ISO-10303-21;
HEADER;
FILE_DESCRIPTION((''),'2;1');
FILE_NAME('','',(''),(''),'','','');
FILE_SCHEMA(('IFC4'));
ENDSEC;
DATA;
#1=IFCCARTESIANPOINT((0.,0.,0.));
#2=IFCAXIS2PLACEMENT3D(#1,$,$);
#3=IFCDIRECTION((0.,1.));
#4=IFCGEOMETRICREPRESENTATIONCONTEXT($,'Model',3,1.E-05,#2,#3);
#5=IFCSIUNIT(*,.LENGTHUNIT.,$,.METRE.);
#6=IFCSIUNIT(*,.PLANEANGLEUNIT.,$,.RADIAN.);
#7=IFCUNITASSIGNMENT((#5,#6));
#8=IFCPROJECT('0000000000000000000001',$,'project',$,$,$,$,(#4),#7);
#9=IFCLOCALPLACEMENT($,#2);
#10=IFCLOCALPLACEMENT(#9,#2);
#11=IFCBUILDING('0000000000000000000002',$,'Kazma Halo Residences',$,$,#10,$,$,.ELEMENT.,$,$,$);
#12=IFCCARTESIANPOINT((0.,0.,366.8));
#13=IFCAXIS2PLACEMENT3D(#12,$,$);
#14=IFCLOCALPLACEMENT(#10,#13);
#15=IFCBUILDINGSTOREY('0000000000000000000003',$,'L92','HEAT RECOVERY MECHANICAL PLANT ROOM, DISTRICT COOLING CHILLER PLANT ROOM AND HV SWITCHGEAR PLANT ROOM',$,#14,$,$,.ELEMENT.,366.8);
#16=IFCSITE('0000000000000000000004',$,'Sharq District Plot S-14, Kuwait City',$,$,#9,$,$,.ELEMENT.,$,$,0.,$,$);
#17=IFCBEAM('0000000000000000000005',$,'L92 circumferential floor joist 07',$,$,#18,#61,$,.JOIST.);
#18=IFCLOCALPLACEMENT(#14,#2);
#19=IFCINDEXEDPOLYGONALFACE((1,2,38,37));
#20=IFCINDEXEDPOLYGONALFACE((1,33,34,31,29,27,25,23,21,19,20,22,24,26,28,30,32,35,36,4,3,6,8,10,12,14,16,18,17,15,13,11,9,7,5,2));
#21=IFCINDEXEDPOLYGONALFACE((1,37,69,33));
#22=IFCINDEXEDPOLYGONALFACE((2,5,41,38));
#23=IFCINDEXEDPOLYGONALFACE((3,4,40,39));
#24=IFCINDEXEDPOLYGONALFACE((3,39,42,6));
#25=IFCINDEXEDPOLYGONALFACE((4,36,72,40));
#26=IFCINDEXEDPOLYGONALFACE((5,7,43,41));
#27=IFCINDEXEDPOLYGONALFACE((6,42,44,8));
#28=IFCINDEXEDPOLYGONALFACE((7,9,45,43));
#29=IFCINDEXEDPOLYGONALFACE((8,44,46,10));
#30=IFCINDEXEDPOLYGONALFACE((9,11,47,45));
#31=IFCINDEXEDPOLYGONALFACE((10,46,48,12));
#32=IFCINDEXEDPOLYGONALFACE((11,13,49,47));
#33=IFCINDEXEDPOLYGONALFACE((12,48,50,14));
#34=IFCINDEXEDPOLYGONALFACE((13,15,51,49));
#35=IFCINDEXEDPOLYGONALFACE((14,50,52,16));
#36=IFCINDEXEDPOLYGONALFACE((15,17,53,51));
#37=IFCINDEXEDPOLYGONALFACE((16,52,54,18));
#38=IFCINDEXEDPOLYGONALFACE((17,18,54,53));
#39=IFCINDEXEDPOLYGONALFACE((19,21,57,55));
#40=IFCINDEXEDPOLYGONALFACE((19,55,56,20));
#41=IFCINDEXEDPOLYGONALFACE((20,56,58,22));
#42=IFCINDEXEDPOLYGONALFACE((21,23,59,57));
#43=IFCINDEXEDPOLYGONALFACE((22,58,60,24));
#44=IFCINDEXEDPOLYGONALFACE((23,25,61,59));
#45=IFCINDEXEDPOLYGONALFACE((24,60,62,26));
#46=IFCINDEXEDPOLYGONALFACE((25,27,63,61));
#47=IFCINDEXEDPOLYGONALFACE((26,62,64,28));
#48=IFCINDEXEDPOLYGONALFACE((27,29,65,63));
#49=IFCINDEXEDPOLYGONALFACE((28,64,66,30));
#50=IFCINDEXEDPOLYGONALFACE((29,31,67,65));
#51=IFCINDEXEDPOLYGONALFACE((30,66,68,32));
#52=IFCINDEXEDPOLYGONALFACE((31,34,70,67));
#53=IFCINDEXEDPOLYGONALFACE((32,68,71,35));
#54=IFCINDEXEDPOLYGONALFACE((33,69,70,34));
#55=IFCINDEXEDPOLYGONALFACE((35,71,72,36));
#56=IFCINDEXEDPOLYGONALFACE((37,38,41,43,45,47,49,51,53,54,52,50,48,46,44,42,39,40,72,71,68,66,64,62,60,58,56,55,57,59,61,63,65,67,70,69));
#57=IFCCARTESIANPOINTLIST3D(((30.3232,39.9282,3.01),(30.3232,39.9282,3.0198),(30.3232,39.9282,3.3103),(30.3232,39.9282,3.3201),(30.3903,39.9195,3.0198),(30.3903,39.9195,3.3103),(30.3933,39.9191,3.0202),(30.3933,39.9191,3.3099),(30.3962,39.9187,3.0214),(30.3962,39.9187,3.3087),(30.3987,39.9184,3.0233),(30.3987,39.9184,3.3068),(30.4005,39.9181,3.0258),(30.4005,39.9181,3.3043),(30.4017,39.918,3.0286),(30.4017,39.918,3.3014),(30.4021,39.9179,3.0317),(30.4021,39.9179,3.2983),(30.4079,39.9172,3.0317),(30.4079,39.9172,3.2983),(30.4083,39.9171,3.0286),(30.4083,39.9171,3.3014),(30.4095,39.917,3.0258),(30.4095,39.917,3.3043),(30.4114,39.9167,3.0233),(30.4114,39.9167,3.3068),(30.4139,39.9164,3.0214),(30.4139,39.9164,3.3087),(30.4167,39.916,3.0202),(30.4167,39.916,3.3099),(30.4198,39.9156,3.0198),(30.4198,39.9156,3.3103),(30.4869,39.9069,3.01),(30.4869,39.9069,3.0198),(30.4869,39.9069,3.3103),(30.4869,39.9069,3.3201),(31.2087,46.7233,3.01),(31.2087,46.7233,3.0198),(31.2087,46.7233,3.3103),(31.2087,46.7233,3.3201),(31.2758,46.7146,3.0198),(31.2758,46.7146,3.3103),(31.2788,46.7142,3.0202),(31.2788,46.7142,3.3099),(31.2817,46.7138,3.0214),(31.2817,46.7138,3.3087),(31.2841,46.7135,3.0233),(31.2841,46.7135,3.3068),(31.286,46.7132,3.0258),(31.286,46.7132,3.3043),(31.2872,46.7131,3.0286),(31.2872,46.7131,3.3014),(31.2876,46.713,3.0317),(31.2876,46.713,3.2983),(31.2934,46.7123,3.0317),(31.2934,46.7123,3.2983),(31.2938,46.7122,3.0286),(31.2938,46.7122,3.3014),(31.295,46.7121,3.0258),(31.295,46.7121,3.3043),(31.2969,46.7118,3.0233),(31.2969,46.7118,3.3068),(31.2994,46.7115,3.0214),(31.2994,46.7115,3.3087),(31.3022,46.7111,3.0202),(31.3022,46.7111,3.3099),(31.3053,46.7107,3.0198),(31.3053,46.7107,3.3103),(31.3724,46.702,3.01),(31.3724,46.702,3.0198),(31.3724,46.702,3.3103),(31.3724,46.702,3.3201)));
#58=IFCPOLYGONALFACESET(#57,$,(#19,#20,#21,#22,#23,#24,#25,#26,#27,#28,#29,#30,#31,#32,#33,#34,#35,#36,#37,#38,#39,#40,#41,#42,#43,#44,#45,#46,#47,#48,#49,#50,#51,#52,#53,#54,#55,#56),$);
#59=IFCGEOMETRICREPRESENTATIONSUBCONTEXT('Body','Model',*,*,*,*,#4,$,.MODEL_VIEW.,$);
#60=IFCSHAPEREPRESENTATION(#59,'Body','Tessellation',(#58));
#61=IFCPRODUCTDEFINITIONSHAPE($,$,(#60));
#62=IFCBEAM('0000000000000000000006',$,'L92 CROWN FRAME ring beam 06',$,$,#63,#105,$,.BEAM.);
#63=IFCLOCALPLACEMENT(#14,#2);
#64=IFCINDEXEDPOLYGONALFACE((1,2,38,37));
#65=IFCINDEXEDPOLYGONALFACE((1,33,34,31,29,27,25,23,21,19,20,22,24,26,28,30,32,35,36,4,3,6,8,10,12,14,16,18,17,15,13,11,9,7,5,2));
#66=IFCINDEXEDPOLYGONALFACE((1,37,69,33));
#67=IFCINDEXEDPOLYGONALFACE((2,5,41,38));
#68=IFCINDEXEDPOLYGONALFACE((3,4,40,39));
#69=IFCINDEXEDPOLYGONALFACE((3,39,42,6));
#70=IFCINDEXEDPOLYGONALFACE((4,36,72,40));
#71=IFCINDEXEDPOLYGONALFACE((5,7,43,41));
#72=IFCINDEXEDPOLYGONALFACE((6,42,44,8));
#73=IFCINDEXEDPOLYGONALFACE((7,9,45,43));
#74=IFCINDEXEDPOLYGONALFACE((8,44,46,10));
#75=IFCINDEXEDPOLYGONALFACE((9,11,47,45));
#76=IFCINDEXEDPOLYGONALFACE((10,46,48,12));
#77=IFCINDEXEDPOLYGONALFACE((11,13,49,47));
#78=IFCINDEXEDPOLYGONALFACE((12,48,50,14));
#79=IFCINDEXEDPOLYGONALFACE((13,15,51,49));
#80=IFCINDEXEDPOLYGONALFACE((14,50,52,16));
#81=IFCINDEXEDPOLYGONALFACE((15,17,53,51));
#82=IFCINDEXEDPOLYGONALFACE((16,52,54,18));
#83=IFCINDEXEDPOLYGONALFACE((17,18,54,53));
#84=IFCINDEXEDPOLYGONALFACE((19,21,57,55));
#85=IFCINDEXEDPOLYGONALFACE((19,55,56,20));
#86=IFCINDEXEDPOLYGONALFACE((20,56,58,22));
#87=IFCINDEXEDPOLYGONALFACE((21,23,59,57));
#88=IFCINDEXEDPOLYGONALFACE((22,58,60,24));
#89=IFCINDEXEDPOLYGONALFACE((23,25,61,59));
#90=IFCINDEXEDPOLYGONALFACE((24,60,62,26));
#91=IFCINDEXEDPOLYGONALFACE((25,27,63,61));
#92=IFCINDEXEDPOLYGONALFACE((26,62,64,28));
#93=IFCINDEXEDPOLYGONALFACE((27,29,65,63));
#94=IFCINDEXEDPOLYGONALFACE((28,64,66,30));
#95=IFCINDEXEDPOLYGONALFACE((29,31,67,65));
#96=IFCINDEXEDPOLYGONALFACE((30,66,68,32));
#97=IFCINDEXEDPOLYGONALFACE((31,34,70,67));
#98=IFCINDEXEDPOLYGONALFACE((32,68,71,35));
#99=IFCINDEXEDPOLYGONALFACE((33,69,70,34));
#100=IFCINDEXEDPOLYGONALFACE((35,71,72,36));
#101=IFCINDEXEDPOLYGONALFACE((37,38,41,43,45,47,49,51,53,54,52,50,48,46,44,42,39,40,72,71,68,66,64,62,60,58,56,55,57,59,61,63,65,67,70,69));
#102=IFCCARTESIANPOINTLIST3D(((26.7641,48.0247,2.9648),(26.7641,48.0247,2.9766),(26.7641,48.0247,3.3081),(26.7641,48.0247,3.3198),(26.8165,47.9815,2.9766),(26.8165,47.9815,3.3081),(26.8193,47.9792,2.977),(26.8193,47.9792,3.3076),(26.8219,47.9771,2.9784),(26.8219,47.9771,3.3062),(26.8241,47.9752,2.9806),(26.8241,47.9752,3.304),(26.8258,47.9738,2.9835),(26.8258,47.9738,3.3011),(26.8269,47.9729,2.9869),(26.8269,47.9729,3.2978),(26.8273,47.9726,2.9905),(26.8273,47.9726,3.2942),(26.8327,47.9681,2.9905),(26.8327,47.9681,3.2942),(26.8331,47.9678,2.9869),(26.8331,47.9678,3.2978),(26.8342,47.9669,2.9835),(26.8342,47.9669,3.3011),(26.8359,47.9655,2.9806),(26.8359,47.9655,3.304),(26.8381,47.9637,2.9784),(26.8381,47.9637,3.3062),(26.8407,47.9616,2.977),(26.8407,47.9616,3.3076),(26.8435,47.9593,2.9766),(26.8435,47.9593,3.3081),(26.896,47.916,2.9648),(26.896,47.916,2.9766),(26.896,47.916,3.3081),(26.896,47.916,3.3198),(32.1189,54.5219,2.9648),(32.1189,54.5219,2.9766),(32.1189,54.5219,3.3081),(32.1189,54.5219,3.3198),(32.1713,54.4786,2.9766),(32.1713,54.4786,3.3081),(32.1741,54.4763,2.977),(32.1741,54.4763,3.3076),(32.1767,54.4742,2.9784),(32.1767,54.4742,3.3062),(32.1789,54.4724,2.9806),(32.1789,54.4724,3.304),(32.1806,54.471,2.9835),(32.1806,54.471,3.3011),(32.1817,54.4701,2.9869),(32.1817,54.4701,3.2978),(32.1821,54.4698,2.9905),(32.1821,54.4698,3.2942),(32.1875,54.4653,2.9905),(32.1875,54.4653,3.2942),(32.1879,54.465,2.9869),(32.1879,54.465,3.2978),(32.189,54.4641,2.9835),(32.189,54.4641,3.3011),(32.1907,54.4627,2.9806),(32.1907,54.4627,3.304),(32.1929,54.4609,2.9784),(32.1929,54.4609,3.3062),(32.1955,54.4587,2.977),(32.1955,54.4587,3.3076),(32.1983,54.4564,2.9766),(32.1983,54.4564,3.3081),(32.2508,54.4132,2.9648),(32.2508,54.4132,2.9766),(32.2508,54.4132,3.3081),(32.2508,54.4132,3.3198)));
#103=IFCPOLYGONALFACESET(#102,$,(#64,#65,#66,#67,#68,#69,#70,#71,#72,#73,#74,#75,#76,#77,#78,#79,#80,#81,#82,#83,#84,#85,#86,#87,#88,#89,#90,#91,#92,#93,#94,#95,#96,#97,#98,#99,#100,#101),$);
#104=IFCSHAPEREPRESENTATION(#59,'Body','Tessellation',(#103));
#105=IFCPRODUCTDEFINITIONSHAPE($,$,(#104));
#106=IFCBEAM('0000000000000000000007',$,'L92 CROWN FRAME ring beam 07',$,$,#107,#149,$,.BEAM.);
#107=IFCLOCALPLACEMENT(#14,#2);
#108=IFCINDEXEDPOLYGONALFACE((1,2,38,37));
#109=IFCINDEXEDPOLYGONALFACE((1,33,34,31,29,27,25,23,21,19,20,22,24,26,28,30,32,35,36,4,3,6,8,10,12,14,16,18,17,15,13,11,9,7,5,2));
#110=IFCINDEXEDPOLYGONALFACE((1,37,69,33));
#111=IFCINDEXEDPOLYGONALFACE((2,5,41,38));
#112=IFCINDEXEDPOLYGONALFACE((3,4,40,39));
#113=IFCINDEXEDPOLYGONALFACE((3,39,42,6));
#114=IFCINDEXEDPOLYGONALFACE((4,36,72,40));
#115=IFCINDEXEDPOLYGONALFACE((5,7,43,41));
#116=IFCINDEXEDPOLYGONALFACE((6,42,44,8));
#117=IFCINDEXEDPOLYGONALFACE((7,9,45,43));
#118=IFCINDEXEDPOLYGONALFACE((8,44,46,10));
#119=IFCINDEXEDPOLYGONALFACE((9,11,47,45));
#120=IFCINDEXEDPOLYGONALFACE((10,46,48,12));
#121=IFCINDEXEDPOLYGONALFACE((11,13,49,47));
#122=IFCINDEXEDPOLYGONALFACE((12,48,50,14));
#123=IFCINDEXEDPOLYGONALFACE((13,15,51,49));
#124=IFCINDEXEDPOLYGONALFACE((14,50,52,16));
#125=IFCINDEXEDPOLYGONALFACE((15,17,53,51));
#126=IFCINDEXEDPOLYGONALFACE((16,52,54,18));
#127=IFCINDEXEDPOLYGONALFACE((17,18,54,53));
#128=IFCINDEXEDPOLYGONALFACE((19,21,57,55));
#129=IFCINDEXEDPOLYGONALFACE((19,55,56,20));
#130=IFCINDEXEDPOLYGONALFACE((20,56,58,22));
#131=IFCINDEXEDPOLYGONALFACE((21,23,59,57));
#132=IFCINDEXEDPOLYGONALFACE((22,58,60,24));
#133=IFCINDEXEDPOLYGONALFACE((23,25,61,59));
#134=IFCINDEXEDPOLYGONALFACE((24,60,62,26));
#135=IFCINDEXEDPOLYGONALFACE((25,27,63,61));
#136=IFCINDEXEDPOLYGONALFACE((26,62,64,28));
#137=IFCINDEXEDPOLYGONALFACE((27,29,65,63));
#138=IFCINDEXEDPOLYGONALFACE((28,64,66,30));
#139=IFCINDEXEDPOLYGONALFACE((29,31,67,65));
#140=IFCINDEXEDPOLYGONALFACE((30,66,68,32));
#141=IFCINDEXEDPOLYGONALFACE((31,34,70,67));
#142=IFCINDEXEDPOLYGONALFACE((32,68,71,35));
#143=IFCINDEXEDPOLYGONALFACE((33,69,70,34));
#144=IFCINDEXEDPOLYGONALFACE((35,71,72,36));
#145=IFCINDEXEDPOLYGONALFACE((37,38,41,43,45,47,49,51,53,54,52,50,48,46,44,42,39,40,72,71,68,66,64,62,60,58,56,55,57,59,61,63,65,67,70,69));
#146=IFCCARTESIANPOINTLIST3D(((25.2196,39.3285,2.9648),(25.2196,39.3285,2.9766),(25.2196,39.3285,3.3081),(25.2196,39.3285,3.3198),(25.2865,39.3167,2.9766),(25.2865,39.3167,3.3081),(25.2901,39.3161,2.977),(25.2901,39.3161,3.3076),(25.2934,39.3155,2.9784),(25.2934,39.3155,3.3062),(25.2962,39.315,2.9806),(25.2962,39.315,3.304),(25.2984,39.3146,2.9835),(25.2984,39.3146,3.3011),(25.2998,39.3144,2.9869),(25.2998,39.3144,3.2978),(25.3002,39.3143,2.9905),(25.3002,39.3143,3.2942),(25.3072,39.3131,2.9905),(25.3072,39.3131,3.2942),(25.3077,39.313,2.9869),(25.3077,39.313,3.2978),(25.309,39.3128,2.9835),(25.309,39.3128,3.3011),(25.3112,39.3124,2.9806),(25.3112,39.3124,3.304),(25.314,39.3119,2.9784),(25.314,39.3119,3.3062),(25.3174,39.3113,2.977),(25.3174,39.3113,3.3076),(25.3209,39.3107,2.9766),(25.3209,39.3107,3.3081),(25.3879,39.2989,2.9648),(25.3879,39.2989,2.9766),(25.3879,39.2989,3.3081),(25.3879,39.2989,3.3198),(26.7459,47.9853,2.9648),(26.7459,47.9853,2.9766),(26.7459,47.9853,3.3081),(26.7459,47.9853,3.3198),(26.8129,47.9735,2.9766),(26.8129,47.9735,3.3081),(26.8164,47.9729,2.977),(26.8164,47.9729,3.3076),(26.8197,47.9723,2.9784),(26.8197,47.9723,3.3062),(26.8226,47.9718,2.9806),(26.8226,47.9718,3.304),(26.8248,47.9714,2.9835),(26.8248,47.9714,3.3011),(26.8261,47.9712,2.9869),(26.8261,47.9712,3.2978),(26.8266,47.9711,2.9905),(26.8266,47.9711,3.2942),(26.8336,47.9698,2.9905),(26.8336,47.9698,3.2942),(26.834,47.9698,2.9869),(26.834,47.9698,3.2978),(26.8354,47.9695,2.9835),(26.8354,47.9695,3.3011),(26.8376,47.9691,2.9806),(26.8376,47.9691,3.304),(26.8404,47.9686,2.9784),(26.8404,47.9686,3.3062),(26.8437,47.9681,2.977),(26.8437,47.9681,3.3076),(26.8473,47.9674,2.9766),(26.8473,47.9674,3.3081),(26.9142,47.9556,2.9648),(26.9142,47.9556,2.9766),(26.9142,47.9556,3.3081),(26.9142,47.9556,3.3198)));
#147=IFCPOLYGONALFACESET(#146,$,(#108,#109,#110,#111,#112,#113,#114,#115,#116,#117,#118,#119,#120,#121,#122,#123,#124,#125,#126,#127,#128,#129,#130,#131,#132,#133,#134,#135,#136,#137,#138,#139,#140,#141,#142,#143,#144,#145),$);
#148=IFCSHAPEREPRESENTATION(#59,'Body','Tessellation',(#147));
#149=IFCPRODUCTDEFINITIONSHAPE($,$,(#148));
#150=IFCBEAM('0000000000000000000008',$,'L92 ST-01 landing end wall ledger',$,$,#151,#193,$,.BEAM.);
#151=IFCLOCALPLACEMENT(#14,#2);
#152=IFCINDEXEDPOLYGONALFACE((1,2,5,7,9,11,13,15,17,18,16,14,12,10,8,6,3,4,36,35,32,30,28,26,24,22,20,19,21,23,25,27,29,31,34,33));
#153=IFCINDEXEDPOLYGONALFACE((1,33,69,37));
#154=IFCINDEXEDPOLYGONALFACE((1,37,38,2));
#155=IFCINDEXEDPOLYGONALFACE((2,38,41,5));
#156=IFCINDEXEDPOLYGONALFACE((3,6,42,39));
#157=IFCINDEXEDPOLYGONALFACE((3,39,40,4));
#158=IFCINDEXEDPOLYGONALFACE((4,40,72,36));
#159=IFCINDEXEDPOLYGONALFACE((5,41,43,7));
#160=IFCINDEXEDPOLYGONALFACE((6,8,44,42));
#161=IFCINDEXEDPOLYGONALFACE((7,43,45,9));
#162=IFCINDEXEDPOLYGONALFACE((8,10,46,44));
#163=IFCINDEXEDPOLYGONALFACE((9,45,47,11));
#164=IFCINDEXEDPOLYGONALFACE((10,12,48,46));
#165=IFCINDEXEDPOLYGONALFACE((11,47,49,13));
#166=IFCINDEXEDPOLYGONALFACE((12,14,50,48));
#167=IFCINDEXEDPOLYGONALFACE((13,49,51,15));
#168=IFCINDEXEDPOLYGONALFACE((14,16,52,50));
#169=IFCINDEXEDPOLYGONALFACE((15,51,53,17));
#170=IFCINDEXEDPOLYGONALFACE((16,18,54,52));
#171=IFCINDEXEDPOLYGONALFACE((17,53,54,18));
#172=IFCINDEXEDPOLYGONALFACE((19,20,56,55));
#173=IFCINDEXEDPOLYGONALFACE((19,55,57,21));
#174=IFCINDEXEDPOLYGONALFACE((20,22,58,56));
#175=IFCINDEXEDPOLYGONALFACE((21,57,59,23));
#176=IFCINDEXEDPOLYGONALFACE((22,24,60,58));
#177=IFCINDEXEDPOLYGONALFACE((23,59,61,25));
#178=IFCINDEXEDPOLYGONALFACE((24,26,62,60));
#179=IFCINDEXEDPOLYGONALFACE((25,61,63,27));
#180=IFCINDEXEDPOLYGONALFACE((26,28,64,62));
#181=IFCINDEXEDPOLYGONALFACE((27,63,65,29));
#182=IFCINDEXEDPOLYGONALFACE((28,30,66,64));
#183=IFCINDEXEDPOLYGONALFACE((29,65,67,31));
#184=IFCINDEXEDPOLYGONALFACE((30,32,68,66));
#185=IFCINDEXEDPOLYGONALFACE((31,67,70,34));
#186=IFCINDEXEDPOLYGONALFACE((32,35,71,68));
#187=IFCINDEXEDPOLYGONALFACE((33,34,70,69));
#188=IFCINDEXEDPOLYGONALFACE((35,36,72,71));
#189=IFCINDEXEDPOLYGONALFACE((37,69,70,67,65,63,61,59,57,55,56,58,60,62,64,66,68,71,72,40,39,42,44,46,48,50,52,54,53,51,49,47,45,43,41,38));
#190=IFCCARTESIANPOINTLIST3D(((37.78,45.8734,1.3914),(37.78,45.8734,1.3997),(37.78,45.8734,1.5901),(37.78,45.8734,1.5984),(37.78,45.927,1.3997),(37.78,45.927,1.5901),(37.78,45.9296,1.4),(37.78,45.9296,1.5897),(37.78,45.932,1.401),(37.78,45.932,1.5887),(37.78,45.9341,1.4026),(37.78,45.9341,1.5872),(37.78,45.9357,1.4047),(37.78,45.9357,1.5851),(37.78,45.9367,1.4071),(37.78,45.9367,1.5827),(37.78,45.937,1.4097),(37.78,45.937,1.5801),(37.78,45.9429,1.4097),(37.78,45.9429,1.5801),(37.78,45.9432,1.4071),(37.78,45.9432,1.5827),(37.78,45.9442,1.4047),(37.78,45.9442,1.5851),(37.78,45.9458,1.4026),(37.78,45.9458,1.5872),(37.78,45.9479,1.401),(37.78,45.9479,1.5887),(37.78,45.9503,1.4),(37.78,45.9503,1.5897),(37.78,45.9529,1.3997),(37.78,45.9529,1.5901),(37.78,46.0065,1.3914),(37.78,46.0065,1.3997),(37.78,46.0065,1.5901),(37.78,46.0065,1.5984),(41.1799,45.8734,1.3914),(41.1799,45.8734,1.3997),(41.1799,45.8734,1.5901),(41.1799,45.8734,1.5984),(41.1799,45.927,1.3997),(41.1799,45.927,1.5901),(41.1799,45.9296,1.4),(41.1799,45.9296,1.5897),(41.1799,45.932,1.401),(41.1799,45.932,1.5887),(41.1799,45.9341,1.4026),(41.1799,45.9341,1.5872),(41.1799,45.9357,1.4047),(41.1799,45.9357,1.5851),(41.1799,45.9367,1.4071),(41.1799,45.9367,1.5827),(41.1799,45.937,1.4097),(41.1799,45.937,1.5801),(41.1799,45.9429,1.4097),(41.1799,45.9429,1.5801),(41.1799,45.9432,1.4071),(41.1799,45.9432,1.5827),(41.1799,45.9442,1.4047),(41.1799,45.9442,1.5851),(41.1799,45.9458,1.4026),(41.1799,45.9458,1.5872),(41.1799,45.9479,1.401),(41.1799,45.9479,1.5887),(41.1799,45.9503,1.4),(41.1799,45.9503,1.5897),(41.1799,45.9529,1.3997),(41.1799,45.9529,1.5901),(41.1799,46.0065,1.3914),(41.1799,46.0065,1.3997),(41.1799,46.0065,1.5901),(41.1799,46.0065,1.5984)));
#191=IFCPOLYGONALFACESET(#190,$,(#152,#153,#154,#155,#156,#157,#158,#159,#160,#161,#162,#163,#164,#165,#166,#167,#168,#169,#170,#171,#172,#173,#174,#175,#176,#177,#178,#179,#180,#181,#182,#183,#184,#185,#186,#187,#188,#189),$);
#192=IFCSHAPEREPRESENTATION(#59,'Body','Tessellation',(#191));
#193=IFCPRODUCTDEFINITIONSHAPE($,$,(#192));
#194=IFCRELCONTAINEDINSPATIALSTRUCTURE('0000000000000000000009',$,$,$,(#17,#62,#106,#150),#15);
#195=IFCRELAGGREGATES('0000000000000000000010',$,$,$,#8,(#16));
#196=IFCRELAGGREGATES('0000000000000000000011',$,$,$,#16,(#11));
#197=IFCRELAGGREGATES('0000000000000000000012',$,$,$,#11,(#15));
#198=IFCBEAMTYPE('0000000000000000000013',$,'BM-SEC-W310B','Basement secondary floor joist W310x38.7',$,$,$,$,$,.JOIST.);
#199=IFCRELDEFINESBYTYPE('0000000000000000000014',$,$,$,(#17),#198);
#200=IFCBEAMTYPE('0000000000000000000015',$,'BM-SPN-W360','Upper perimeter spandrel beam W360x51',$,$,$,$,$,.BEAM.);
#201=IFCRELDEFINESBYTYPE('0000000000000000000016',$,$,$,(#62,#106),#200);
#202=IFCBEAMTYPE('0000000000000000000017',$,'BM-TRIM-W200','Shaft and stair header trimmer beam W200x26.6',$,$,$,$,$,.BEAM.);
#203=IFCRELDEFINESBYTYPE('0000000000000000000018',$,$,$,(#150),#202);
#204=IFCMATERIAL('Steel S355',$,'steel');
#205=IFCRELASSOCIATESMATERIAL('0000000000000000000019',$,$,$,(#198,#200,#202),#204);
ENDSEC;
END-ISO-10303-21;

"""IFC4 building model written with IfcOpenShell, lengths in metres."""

from ifc_helpers import new_model, si_unit, direction, frame, origin, origin_2d, place, context, subcontext, project, spatial, i_section, extrude, material, material_profile, profile_set, type_object, element, save


model = new_model("IFC4")

# Units and contexts
model_context = context("Model", 3, precision=1e-05, world=origin(), true_north=direction((0.0, 1.0)))
body_context = subcontext(model_context, "Body", "Model", "MODEL_VIEW")
ifc_project = project(units=[si_unit("LENGTHUNIT", "METRE"), si_unit("PLANEANGLEUNIT", "RADIAN")], contexts=[model_context])

# Site, building, storey
site_placement = place(None, origin())
site = spatial("IfcSite", under=ifc_project, at=site_placement, Name="Sharq District Plot S-14, Kuwait City", CompositionType="ELEMENT", RefElevation=0.0)
building_placement = place(site_placement, origin())
building = spatial("IfcBuilding", under=site, at=building_placement, Name="Kazma Halo Residences", CompositionType="ELEMENT")
storey_placement = place(building_placement, frame((0.0, 0.0, 366.8)))
storey = spatial("IfcBuildingStorey", under=building, at=storey_placement, Name="L92", Description="HEAT RECOVERY MECHANICAL PLANT ROOM, DISTRICT COOLING CHILLER PLANT ROOM AND HV SWITCHGEAR PLANT ROOM", CompositionType="ELEMENT", Elevation=366.8)

# Shared definitions
ifc_material_1 = material(Name="Steel S355", Category="steel")

# Beams
ifc_material_profile_1 = material_profile(ifc_material_1, i_section(OverallWidth=0.165, OverallDepth=0.3101, WebThickness=0.0059, FlangeThickness=0.0098, FilletRadius=0.012, at=origin_2d()), Name="W310x38.7")
ifc_profile_set_1 = profile_set([ifc_material_profile_1], Name="Steel S355")
beam_type_1 = type_object("IfcBeamType", Name="BM-SEC-W310B", Description="Basement secondary floor joist W310x38.7", PredefinedType="JOIST", material=ifc_profile_set_1)
beam_1_placement = place(storey_placement, frame((31.2905, 46.7126, 3.165), z_axis=(-0.12922, -0.991616, 0.0), x_axis=(0.991616, -0.12922, 0.0)))
element("IfcBeam", 1, at=beam_1_placement, inside=storey, type_object=beam_type_1, Name="L92 circumferential floor joist 07", PredefinedType="JOIST", context=body_context, shape_type="SweptSolid", body=[
    extrude(i_section(OverallWidth=0.165, OverallDepth=0.3101, WebThickness=0.0059, FlangeThickness=0.0098, FilletRadius=0.012, at=origin_2d()), origin(), (0.0, 0.0, 1.0), 6.8525),
])
ifc_material_profile_2 = material_profile(ifc_material_1, i_section(OverallWidth=0.1709, OverallDepth=0.355, WebThickness=0.0071, FlangeThickness=0.0117, FilletRadius=0.0139, at=origin_2d()), Name="W360x51")
ifc_profile_set_2 = profile_set([ifc_material_profile_2], Name="Steel S355")
beam_type_2 = type_object("IfcBeamType", Name="BM-SPN-W360", Description="Upper perimeter spandrel beam W360x51", PredefinedType="BEAM", material=ifc_profile_set_2)
beam_2_placement = place(storey_placement, frame((32.1848, 54.4675, 3.1423), z_axis=(-0.636005, -0.771685, 0.0), x_axis=(0.771685, -0.636005, 0.0)))
element("IfcBeam", 2, at=beam_2_placement, inside=storey, type_object=beam_type_2, Name="L92 CROWN FRAME ring beam 06", PredefinedType="BEAM", context=body_context, shape_type="SweptSolid", body=[
    extrude(i_section(OverallWidth=0.1709, OverallDepth=0.355, WebThickness=0.0071, FlangeThickness=0.0117, FilletRadius=0.0139, at=origin_2d()), origin(), (0.0, 0.0, 1.0), 8.4194),
])
beam_3_placement = place(storey_placement, frame((26.8301, 47.9705, 3.1423), z_axis=(-0.173643, -0.984809, 0.0), x_axis=(0.984809, -0.173643, 0.0)))
element("IfcBeam", 3, at=beam_3_placement, inside=storey, type_object=beam_type_2, Name="L92 CROWN FRAME ring beam 07", PredefinedType="BEAM", context=body_context, shape_type="SweptSolid", body=[
    extrude(i_section(OverallWidth=0.1709, OverallDepth=0.355, WebThickness=0.0071, FlangeThickness=0.0117, FilletRadius=0.0139, at=origin_2d()), origin(), (0.0, 0.0, 1.0), 8.7903),
])
ifc_material_profile_3 = material_profile(ifc_material_1, i_section(OverallWidth=0.1331, OverallDepth=0.207, WebThickness=0.0059, FlangeThickness=0.0083, FilletRadius=0.01, at=origin_2d()), Name="W200x26.6")
ifc_profile_set_3 = profile_set([ifc_material_profile_3], Name="Steel S355")
beam_type_3 = type_object("IfcBeamType", Name="BM-TRIM-W200", Description="Shaft and stair header trimmer beam W200x26.6", PredefinedType="BEAM", material=ifc_profile_set_3)
beam_4_placement = place(storey_placement, frame((37.78, 45.9399, 1.4949), z_axis=(1.0, 0.0, 0.0), x_axis=(0.0, 1.0, 0.0)))
element("IfcBeam", 4, at=beam_4_placement, inside=storey, type_object=beam_type_3, Name="L92 ST-01 landing end wall ledger", PredefinedType="BEAM", context=body_context, shape_type="SweptSolid", body=[
    extrude(i_section(OverallWidth=0.1331, OverallDepth=0.207, WebThickness=0.0059, FlangeThickness=0.0083, FilletRadius=0.01, at=origin_2d()), origin(), (0.0, 0.0, 1.0), 3.3999),
])

save(model, "model.ifc")
